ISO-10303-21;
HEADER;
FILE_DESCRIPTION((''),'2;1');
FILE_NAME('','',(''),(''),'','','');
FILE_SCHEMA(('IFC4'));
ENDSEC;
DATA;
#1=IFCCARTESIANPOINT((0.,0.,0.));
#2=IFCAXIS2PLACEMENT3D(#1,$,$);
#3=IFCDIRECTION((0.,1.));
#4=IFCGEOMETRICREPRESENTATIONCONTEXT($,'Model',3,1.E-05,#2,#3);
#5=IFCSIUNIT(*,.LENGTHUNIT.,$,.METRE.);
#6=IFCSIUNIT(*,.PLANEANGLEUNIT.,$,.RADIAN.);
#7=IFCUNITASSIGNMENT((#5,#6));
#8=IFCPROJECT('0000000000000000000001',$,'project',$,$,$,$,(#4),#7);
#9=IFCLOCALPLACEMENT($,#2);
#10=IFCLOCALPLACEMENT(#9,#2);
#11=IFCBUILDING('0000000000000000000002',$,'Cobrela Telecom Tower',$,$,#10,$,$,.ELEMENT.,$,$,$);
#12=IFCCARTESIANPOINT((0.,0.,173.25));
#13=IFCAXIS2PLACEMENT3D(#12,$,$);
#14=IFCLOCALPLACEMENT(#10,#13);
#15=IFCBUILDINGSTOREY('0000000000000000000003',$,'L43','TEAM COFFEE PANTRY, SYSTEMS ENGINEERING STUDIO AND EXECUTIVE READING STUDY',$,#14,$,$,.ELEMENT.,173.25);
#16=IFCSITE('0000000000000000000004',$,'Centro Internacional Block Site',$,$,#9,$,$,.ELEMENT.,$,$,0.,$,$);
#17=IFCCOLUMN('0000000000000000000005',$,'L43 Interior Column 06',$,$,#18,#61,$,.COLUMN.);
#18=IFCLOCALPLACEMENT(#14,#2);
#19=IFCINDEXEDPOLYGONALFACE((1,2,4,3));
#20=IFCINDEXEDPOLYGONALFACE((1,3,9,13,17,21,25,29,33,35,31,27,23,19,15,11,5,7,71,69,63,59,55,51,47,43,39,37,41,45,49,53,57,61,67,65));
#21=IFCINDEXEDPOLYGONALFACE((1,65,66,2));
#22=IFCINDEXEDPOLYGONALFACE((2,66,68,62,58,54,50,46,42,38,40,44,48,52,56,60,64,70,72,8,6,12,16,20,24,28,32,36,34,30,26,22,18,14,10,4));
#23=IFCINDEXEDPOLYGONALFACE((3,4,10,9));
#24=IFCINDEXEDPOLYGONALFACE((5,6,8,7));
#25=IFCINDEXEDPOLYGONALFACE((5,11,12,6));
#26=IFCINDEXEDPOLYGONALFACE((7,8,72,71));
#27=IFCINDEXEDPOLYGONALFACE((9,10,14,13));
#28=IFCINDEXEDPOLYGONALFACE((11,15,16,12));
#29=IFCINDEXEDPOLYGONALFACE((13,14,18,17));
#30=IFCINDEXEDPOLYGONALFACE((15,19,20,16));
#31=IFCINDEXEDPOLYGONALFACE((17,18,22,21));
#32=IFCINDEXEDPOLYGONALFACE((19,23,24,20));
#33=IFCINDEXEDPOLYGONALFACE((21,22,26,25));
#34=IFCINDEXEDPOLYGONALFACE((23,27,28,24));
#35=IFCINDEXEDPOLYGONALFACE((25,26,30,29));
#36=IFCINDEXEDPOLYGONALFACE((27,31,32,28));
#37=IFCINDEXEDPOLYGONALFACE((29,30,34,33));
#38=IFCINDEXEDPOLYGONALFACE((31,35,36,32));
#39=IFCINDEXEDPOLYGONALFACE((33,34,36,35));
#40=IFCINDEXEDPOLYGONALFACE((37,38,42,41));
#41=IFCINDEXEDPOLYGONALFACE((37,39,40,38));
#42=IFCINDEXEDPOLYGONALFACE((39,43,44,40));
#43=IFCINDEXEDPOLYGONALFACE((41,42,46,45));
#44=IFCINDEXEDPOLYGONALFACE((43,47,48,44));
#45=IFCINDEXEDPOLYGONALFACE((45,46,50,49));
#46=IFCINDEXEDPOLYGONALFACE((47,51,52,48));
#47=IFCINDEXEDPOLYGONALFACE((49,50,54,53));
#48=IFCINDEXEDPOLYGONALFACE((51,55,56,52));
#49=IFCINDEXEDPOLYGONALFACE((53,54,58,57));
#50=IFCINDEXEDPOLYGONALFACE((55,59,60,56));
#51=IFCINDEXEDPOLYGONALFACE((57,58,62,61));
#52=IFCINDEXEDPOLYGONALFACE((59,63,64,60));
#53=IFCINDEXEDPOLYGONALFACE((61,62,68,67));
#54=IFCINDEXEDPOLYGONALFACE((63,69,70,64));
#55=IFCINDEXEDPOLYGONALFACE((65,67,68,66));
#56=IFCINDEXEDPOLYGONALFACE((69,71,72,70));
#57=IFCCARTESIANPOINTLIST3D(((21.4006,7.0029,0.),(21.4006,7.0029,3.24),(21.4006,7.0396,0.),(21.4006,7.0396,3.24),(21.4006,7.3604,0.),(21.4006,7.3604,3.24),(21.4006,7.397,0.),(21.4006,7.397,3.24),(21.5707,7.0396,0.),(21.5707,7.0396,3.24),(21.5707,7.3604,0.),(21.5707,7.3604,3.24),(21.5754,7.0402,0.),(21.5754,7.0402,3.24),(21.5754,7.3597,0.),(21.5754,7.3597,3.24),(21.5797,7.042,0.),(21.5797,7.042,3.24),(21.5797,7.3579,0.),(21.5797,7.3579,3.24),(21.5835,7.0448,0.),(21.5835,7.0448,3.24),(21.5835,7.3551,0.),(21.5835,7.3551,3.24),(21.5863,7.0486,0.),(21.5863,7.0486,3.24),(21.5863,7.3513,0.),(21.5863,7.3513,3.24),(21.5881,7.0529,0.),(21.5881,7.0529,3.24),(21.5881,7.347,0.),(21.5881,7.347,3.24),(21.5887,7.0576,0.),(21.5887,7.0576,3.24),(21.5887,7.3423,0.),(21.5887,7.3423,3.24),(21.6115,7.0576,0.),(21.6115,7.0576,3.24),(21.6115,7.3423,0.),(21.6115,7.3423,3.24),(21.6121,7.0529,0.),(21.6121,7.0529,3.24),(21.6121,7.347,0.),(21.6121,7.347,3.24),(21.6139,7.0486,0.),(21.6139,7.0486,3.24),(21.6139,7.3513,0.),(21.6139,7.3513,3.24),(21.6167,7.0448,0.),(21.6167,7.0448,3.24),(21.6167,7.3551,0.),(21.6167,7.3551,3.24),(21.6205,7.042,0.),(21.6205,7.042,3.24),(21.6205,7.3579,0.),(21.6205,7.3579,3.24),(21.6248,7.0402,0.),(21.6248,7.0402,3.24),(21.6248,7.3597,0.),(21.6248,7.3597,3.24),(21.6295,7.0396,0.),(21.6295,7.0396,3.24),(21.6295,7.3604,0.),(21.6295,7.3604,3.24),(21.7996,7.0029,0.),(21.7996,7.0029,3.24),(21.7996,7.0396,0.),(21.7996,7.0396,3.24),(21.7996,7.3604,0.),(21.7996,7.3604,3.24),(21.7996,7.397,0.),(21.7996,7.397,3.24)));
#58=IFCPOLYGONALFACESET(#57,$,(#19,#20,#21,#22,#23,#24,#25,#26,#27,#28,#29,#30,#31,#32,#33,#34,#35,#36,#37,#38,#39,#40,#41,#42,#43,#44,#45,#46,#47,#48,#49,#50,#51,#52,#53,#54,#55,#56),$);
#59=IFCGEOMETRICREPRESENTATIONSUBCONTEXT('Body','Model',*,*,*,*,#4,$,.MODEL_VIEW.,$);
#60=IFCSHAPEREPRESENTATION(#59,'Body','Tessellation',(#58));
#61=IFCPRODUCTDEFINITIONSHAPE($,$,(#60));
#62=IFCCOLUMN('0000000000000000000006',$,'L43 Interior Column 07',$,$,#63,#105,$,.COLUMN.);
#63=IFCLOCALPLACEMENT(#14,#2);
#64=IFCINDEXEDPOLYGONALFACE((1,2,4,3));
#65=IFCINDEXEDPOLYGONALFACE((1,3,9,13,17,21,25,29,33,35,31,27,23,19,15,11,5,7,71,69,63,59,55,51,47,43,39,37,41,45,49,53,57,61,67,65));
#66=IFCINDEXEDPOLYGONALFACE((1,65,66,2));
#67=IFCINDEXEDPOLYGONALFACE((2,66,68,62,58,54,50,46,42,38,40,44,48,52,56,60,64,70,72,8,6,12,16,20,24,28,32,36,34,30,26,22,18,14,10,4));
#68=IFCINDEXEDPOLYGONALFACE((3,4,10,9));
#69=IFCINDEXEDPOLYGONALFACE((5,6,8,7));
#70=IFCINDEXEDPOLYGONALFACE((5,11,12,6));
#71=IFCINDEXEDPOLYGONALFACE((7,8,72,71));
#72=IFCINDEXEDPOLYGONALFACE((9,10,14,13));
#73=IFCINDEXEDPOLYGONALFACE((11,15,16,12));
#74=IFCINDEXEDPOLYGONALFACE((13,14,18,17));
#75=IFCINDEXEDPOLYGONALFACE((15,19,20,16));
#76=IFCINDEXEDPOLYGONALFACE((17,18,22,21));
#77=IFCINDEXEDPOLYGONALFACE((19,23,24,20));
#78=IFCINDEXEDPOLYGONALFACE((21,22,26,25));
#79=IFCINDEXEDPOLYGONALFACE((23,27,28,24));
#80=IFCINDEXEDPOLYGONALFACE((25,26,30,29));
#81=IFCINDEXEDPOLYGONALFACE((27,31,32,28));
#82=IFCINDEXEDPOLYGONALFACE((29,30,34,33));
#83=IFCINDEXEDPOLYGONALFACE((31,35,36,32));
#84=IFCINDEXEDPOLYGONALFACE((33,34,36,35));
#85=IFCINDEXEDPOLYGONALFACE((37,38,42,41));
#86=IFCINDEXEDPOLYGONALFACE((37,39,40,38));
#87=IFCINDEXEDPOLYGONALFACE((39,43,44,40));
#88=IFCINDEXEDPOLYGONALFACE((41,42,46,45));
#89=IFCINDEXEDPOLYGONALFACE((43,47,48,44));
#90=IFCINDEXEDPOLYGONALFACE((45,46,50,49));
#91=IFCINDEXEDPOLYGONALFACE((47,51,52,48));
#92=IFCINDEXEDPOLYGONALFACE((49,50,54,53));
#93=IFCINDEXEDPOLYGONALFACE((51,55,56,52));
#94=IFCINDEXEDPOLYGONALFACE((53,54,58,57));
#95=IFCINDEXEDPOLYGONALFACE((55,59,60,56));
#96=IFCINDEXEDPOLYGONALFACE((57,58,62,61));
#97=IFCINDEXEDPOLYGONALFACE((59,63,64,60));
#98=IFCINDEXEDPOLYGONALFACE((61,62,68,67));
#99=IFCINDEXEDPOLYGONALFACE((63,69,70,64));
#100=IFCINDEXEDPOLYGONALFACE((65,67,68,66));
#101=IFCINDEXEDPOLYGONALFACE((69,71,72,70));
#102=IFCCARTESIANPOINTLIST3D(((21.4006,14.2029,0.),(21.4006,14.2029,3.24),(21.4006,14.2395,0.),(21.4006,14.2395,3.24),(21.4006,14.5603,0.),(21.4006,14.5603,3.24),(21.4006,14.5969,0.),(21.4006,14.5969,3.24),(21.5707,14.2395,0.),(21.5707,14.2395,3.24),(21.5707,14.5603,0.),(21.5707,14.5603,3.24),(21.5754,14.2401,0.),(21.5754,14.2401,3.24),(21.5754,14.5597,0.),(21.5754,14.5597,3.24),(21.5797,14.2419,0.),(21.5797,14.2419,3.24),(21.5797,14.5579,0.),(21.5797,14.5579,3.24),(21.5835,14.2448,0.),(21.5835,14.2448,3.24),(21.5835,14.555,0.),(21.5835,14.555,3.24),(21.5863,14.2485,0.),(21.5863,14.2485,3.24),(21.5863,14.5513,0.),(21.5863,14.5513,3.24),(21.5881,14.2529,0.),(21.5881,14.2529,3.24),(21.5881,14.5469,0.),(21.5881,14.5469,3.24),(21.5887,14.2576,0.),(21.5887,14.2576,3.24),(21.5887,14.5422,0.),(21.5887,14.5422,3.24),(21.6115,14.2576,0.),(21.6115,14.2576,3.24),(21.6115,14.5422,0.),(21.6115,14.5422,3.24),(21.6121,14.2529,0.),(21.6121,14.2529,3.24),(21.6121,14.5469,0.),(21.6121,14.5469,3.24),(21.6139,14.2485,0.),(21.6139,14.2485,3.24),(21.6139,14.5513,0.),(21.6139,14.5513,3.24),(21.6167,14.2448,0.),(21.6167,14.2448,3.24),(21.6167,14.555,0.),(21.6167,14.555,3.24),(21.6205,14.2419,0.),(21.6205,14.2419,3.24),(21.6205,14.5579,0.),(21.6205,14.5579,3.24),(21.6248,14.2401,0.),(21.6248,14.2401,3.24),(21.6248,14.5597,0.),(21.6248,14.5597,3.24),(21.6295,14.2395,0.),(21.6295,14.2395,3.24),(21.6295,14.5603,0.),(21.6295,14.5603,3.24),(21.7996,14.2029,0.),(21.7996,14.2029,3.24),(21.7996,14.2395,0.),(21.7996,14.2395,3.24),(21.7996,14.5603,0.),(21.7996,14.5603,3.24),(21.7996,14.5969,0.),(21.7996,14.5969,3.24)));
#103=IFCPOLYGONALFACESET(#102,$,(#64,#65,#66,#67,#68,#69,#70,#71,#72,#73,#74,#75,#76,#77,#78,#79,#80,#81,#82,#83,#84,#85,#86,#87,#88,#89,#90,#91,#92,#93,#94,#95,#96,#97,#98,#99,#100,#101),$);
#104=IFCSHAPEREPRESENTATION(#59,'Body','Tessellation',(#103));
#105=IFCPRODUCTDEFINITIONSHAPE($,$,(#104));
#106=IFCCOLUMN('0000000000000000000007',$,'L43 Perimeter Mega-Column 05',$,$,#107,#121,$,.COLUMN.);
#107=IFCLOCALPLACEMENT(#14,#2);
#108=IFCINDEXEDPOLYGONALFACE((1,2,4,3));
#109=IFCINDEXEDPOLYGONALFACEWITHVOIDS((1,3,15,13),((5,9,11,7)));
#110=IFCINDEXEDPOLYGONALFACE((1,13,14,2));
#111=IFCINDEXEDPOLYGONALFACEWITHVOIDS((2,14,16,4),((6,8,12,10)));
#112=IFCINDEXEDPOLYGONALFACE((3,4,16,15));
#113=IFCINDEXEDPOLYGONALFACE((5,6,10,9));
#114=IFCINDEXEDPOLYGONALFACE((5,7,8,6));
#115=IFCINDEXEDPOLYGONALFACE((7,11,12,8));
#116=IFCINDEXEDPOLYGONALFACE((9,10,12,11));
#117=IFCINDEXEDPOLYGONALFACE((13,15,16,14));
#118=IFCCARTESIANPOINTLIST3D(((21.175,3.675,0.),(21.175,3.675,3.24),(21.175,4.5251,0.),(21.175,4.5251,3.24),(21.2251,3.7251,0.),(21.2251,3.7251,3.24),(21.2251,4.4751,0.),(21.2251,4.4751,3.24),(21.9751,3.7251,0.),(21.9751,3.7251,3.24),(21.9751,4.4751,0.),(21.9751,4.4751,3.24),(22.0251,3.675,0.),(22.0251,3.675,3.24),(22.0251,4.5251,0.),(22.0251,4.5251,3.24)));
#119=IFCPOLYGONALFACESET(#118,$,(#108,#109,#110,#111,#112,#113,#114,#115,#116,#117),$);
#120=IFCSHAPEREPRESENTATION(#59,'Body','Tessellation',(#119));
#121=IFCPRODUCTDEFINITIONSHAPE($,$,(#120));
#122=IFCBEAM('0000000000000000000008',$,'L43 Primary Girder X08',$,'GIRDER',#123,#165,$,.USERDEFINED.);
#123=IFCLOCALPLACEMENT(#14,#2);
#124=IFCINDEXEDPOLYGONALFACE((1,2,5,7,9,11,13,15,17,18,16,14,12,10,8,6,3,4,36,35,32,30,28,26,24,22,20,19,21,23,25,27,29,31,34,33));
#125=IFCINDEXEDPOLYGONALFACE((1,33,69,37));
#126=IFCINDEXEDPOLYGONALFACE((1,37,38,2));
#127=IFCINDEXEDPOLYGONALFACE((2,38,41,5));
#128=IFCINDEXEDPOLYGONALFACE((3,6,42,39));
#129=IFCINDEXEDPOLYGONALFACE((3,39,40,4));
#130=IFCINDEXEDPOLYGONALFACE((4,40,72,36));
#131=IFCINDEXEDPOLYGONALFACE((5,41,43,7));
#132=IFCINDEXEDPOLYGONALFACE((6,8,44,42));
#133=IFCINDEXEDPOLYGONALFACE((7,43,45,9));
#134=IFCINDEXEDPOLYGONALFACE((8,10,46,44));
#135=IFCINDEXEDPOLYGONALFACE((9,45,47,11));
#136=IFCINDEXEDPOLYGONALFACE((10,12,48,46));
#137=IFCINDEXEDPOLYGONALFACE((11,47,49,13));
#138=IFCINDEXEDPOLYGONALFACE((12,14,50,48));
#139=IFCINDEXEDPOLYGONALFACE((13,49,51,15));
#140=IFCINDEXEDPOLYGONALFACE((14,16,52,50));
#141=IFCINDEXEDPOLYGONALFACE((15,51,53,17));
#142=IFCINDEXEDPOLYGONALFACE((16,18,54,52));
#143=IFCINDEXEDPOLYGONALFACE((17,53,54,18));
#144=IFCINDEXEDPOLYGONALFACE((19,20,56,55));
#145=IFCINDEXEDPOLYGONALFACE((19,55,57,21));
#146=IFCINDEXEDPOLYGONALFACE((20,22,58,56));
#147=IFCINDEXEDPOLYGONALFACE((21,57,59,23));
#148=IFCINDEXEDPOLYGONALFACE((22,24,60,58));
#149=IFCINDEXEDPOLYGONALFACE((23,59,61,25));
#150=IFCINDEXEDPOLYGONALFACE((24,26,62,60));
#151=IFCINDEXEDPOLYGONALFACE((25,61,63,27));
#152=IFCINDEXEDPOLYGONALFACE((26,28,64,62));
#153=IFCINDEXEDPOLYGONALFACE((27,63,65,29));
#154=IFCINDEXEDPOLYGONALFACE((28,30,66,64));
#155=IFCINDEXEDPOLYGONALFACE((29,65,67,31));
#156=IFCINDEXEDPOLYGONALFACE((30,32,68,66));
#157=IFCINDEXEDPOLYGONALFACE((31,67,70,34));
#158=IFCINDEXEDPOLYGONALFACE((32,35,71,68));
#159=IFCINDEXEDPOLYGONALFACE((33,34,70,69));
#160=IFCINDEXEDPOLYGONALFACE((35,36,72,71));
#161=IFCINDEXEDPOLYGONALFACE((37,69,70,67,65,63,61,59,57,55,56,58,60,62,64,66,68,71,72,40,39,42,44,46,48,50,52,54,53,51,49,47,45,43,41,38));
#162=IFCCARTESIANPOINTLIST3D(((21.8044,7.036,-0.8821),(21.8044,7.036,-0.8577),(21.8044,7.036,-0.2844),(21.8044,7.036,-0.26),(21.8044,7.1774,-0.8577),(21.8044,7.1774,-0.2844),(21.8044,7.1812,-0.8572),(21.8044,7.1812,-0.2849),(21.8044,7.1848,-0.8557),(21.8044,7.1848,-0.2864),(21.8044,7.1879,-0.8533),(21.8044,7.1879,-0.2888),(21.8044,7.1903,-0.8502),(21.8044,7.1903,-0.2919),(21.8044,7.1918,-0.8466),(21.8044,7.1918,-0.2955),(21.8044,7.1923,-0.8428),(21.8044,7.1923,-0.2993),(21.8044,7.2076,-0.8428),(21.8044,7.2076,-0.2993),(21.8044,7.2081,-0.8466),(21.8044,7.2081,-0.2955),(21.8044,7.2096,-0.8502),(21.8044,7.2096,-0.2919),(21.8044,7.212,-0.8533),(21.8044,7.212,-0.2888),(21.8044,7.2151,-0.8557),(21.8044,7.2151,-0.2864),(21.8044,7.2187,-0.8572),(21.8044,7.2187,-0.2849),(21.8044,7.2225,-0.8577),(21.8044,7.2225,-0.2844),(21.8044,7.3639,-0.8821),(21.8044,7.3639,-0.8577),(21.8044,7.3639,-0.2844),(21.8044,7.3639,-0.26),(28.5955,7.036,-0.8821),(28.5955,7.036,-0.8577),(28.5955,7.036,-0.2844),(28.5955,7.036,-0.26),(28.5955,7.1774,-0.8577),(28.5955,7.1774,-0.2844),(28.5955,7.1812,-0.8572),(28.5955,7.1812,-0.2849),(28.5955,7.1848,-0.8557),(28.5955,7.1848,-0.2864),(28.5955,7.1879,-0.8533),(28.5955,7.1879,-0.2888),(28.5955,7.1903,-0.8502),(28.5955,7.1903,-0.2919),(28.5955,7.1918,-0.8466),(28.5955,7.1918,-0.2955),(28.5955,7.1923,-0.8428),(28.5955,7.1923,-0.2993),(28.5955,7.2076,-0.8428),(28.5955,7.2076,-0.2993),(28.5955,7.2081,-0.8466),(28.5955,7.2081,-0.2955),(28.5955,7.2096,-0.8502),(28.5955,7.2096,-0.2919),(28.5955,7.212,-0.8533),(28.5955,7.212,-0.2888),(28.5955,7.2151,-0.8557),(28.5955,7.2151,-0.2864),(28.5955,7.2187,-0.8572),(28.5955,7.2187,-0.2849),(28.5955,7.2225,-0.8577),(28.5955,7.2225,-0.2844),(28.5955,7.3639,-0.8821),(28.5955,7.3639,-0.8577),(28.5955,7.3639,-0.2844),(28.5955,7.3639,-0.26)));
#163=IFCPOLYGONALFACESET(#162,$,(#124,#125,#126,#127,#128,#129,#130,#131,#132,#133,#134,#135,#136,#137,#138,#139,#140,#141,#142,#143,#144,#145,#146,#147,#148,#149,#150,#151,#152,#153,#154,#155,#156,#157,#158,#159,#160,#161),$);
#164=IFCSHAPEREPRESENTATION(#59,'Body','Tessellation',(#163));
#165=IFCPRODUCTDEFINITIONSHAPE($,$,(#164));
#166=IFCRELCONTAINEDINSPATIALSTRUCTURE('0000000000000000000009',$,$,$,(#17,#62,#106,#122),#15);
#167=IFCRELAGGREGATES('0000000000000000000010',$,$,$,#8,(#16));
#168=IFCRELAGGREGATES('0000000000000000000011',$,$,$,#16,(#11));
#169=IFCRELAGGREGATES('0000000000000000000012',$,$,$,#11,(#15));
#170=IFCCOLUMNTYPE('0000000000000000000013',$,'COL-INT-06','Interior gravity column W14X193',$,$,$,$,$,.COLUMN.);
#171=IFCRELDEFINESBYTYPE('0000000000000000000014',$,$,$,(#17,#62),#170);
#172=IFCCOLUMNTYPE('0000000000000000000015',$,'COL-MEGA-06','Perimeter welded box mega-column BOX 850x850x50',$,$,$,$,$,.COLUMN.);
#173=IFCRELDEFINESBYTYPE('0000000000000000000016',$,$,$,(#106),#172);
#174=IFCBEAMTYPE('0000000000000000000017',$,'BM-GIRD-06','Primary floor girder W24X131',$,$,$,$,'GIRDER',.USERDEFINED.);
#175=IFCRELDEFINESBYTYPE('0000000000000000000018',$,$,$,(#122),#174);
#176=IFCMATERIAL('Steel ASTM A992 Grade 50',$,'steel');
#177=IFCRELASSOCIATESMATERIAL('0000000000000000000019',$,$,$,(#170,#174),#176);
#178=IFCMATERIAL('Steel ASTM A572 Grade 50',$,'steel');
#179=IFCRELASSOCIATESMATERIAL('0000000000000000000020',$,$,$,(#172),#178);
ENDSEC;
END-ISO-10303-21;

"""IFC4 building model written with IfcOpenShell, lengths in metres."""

from ifc_helpers import new_model, si_unit, direction, frame, origin, origin_2d, place, context, subcontext, project, spatial, hollow_rectangle, i_section, extrude, material, material_profile, profile_set, type_object, element, save


model = new_model("IFC4")

# Units and contexts
model_context = context("Model", 3, precision=1e-05, world=origin(), true_north=direction((0.0, 1.0)))
body_context = subcontext(model_context, "Body", "Model", "MODEL_VIEW")
ifc_project = project(units=[si_unit("LENGTHUNIT", "METRE"), si_unit("PLANEANGLEUNIT", "RADIAN")], contexts=[model_context])

# Site, building, storey
site_placement = place(None, origin())
site = spatial("IfcSite", under=ifc_project, at=site_placement, Name="Centro Internacional Block Site", CompositionType="ELEMENT", RefElevation=0.0)
building_placement = place(site_placement, origin())
building = spatial("IfcBuilding", under=site, at=building_placement, Name="Cobrela Telecom Tower", CompositionType="ELEMENT")
storey_placement = place(building_placement, frame((0.0, 0.0, 173.25)))
storey = spatial("IfcBuildingStorey", under=building, at=storey_placement, Name="L43", Description="TEAM COFFEE PANTRY, SYSTEMS ENGINEERING STUDIO AND EXECUTIVE READING STUDY", CompositionType="ELEMENT", Elevation=173.25)

# Columns
ifc_material_1 = material(Name="Steel ASTM A992 Grade 50", Category="steel")
ifc_material_profile_1 = material_profile(ifc_material_1, i_section(OverallWidth=0.3989, OverallDepth=0.394, WebThickness=0.0227, FlangeThickness=0.0366, FilletRadius=0.0181, at=origin_2d()), Name="W14X193")
ifc_profile_set_1 = profile_set([ifc_material_profile_1], Name="Steel ASTM A992 Grade 50")
column_type_1 = type_object("IfcColumnType", Name="COL-INT-06", Description="Interior gravity column W14X193", PredefinedType="COLUMN", material=ifc_profile_set_1)
for number, where, z_axis, x_axis, name in (
    (1, (21.6001, 7.2, 0.0), (0.0, 0.0, 1.0), (1.0, 0.0, 0.0), "L43 Interior Column 06"),
    (2, (21.6001, 14.3999, 0.0), (0.0, 0.0, 1.0), (1.0, 0.0, 0.0), "L43 Interior Column 07"),
):
    element("IfcColumn", number, at=place(storey_placement, frame(where, z_axis=z_axis, x_axis=x_axis)), inside=storey, type_object=column_type_1, Name=name, PredefinedType="COLUMN", context=body_context, shape_type="SweptSolid", body=[
        extrude(i_section(OverallWidth=0.3989, OverallDepth=0.394, WebThickness=0.0227, FlangeThickness=0.0366, FilletRadius=0.0181, at=origin_2d()), origin(), (0.0, 0.0, 1.0), 3.24),
    ])
ifc_material_2 = material(Name="Steel ASTM A572 Grade 50", Category="steel")
ifc_material_profile_2 = material_profile(ifc_material_2, hollow_rectangle(XDim=0.8501, YDim=0.8501, WallThickness=0.05, at=origin_2d()), Name="BOX 850x850x50")
ifc_profile_set_2 = profile_set([ifc_material_profile_2], Name="Steel ASTM A572 Grade 50")
column_type_2 = type_object("IfcColumnType", Name="COL-MEGA-06", Description="Perimeter welded box mega-column BOX 850x850x50", PredefinedType="COLUMN", material=ifc_profile_set_2)
column_placement = place(storey_placement, frame((21.6001, 4.1001, 0.0), z_axis=(0.0, 0.0, 1.0), x_axis=(1.0, 0.0, 0.0)))
element("IfcColumn", 3, at=column_placement, inside=storey, type_object=column_type_2, Name="L43 Perimeter Mega-Column 05", PredefinedType="COLUMN", context=body_context, shape_type="SweptSolid", body=[
    extrude(hollow_rectangle(XDim=0.8501, YDim=0.8501, WallThickness=0.05, at=origin_2d()), origin(), (0.0, 0.0, 1.0), 3.24),
])

# Beam
ifc_material_profile_3 = material_profile(ifc_material_1, i_section(OverallWidth=0.3279, OverallDepth=0.6221, WebThickness=0.0154, FlangeThickness=0.0244, FilletRadius=0.0149, at=origin_2d()), Name="W24X131")
ifc_profile_set_3 = profile_set([ifc_material_profile_3], Name="Steel ASTM A992 Grade 50")
beam_type_1 = type_object("IfcBeamType", Name="BM-GIRD-06", Description="Primary floor girder W24X131", ElementType="GIRDER", PredefinedType="USERDEFINED", material=ifc_profile_set_3)
for number, where, z_axis, x_axis, name in (
    (4, (21.8044, 7.2, -0.571), (1.0, 0.0, 0.0), (0.0, 1.0, 0.0), "L43 Primary Girder X08"),
):
    element("IfcBeam", number, at=place(storey_placement, frame(where, z_axis=z_axis, x_axis=x_axis)), inside=storey, type_object=beam_type_1, Name=name, ObjectType="GIRDER", PredefinedType="USERDEFINED", context=body_context, shape_type="SweptSolid", body=[
        extrude(i_section(OverallWidth=0.3279, OverallDepth=0.6221, WebThickness=0.0154, FlangeThickness=0.0244, FilletRadius=0.0149, at=origin_2d()), origin(), (0.0, 0.0, 1.0), 6.791),
    ])

save(model, "model.ifc")
